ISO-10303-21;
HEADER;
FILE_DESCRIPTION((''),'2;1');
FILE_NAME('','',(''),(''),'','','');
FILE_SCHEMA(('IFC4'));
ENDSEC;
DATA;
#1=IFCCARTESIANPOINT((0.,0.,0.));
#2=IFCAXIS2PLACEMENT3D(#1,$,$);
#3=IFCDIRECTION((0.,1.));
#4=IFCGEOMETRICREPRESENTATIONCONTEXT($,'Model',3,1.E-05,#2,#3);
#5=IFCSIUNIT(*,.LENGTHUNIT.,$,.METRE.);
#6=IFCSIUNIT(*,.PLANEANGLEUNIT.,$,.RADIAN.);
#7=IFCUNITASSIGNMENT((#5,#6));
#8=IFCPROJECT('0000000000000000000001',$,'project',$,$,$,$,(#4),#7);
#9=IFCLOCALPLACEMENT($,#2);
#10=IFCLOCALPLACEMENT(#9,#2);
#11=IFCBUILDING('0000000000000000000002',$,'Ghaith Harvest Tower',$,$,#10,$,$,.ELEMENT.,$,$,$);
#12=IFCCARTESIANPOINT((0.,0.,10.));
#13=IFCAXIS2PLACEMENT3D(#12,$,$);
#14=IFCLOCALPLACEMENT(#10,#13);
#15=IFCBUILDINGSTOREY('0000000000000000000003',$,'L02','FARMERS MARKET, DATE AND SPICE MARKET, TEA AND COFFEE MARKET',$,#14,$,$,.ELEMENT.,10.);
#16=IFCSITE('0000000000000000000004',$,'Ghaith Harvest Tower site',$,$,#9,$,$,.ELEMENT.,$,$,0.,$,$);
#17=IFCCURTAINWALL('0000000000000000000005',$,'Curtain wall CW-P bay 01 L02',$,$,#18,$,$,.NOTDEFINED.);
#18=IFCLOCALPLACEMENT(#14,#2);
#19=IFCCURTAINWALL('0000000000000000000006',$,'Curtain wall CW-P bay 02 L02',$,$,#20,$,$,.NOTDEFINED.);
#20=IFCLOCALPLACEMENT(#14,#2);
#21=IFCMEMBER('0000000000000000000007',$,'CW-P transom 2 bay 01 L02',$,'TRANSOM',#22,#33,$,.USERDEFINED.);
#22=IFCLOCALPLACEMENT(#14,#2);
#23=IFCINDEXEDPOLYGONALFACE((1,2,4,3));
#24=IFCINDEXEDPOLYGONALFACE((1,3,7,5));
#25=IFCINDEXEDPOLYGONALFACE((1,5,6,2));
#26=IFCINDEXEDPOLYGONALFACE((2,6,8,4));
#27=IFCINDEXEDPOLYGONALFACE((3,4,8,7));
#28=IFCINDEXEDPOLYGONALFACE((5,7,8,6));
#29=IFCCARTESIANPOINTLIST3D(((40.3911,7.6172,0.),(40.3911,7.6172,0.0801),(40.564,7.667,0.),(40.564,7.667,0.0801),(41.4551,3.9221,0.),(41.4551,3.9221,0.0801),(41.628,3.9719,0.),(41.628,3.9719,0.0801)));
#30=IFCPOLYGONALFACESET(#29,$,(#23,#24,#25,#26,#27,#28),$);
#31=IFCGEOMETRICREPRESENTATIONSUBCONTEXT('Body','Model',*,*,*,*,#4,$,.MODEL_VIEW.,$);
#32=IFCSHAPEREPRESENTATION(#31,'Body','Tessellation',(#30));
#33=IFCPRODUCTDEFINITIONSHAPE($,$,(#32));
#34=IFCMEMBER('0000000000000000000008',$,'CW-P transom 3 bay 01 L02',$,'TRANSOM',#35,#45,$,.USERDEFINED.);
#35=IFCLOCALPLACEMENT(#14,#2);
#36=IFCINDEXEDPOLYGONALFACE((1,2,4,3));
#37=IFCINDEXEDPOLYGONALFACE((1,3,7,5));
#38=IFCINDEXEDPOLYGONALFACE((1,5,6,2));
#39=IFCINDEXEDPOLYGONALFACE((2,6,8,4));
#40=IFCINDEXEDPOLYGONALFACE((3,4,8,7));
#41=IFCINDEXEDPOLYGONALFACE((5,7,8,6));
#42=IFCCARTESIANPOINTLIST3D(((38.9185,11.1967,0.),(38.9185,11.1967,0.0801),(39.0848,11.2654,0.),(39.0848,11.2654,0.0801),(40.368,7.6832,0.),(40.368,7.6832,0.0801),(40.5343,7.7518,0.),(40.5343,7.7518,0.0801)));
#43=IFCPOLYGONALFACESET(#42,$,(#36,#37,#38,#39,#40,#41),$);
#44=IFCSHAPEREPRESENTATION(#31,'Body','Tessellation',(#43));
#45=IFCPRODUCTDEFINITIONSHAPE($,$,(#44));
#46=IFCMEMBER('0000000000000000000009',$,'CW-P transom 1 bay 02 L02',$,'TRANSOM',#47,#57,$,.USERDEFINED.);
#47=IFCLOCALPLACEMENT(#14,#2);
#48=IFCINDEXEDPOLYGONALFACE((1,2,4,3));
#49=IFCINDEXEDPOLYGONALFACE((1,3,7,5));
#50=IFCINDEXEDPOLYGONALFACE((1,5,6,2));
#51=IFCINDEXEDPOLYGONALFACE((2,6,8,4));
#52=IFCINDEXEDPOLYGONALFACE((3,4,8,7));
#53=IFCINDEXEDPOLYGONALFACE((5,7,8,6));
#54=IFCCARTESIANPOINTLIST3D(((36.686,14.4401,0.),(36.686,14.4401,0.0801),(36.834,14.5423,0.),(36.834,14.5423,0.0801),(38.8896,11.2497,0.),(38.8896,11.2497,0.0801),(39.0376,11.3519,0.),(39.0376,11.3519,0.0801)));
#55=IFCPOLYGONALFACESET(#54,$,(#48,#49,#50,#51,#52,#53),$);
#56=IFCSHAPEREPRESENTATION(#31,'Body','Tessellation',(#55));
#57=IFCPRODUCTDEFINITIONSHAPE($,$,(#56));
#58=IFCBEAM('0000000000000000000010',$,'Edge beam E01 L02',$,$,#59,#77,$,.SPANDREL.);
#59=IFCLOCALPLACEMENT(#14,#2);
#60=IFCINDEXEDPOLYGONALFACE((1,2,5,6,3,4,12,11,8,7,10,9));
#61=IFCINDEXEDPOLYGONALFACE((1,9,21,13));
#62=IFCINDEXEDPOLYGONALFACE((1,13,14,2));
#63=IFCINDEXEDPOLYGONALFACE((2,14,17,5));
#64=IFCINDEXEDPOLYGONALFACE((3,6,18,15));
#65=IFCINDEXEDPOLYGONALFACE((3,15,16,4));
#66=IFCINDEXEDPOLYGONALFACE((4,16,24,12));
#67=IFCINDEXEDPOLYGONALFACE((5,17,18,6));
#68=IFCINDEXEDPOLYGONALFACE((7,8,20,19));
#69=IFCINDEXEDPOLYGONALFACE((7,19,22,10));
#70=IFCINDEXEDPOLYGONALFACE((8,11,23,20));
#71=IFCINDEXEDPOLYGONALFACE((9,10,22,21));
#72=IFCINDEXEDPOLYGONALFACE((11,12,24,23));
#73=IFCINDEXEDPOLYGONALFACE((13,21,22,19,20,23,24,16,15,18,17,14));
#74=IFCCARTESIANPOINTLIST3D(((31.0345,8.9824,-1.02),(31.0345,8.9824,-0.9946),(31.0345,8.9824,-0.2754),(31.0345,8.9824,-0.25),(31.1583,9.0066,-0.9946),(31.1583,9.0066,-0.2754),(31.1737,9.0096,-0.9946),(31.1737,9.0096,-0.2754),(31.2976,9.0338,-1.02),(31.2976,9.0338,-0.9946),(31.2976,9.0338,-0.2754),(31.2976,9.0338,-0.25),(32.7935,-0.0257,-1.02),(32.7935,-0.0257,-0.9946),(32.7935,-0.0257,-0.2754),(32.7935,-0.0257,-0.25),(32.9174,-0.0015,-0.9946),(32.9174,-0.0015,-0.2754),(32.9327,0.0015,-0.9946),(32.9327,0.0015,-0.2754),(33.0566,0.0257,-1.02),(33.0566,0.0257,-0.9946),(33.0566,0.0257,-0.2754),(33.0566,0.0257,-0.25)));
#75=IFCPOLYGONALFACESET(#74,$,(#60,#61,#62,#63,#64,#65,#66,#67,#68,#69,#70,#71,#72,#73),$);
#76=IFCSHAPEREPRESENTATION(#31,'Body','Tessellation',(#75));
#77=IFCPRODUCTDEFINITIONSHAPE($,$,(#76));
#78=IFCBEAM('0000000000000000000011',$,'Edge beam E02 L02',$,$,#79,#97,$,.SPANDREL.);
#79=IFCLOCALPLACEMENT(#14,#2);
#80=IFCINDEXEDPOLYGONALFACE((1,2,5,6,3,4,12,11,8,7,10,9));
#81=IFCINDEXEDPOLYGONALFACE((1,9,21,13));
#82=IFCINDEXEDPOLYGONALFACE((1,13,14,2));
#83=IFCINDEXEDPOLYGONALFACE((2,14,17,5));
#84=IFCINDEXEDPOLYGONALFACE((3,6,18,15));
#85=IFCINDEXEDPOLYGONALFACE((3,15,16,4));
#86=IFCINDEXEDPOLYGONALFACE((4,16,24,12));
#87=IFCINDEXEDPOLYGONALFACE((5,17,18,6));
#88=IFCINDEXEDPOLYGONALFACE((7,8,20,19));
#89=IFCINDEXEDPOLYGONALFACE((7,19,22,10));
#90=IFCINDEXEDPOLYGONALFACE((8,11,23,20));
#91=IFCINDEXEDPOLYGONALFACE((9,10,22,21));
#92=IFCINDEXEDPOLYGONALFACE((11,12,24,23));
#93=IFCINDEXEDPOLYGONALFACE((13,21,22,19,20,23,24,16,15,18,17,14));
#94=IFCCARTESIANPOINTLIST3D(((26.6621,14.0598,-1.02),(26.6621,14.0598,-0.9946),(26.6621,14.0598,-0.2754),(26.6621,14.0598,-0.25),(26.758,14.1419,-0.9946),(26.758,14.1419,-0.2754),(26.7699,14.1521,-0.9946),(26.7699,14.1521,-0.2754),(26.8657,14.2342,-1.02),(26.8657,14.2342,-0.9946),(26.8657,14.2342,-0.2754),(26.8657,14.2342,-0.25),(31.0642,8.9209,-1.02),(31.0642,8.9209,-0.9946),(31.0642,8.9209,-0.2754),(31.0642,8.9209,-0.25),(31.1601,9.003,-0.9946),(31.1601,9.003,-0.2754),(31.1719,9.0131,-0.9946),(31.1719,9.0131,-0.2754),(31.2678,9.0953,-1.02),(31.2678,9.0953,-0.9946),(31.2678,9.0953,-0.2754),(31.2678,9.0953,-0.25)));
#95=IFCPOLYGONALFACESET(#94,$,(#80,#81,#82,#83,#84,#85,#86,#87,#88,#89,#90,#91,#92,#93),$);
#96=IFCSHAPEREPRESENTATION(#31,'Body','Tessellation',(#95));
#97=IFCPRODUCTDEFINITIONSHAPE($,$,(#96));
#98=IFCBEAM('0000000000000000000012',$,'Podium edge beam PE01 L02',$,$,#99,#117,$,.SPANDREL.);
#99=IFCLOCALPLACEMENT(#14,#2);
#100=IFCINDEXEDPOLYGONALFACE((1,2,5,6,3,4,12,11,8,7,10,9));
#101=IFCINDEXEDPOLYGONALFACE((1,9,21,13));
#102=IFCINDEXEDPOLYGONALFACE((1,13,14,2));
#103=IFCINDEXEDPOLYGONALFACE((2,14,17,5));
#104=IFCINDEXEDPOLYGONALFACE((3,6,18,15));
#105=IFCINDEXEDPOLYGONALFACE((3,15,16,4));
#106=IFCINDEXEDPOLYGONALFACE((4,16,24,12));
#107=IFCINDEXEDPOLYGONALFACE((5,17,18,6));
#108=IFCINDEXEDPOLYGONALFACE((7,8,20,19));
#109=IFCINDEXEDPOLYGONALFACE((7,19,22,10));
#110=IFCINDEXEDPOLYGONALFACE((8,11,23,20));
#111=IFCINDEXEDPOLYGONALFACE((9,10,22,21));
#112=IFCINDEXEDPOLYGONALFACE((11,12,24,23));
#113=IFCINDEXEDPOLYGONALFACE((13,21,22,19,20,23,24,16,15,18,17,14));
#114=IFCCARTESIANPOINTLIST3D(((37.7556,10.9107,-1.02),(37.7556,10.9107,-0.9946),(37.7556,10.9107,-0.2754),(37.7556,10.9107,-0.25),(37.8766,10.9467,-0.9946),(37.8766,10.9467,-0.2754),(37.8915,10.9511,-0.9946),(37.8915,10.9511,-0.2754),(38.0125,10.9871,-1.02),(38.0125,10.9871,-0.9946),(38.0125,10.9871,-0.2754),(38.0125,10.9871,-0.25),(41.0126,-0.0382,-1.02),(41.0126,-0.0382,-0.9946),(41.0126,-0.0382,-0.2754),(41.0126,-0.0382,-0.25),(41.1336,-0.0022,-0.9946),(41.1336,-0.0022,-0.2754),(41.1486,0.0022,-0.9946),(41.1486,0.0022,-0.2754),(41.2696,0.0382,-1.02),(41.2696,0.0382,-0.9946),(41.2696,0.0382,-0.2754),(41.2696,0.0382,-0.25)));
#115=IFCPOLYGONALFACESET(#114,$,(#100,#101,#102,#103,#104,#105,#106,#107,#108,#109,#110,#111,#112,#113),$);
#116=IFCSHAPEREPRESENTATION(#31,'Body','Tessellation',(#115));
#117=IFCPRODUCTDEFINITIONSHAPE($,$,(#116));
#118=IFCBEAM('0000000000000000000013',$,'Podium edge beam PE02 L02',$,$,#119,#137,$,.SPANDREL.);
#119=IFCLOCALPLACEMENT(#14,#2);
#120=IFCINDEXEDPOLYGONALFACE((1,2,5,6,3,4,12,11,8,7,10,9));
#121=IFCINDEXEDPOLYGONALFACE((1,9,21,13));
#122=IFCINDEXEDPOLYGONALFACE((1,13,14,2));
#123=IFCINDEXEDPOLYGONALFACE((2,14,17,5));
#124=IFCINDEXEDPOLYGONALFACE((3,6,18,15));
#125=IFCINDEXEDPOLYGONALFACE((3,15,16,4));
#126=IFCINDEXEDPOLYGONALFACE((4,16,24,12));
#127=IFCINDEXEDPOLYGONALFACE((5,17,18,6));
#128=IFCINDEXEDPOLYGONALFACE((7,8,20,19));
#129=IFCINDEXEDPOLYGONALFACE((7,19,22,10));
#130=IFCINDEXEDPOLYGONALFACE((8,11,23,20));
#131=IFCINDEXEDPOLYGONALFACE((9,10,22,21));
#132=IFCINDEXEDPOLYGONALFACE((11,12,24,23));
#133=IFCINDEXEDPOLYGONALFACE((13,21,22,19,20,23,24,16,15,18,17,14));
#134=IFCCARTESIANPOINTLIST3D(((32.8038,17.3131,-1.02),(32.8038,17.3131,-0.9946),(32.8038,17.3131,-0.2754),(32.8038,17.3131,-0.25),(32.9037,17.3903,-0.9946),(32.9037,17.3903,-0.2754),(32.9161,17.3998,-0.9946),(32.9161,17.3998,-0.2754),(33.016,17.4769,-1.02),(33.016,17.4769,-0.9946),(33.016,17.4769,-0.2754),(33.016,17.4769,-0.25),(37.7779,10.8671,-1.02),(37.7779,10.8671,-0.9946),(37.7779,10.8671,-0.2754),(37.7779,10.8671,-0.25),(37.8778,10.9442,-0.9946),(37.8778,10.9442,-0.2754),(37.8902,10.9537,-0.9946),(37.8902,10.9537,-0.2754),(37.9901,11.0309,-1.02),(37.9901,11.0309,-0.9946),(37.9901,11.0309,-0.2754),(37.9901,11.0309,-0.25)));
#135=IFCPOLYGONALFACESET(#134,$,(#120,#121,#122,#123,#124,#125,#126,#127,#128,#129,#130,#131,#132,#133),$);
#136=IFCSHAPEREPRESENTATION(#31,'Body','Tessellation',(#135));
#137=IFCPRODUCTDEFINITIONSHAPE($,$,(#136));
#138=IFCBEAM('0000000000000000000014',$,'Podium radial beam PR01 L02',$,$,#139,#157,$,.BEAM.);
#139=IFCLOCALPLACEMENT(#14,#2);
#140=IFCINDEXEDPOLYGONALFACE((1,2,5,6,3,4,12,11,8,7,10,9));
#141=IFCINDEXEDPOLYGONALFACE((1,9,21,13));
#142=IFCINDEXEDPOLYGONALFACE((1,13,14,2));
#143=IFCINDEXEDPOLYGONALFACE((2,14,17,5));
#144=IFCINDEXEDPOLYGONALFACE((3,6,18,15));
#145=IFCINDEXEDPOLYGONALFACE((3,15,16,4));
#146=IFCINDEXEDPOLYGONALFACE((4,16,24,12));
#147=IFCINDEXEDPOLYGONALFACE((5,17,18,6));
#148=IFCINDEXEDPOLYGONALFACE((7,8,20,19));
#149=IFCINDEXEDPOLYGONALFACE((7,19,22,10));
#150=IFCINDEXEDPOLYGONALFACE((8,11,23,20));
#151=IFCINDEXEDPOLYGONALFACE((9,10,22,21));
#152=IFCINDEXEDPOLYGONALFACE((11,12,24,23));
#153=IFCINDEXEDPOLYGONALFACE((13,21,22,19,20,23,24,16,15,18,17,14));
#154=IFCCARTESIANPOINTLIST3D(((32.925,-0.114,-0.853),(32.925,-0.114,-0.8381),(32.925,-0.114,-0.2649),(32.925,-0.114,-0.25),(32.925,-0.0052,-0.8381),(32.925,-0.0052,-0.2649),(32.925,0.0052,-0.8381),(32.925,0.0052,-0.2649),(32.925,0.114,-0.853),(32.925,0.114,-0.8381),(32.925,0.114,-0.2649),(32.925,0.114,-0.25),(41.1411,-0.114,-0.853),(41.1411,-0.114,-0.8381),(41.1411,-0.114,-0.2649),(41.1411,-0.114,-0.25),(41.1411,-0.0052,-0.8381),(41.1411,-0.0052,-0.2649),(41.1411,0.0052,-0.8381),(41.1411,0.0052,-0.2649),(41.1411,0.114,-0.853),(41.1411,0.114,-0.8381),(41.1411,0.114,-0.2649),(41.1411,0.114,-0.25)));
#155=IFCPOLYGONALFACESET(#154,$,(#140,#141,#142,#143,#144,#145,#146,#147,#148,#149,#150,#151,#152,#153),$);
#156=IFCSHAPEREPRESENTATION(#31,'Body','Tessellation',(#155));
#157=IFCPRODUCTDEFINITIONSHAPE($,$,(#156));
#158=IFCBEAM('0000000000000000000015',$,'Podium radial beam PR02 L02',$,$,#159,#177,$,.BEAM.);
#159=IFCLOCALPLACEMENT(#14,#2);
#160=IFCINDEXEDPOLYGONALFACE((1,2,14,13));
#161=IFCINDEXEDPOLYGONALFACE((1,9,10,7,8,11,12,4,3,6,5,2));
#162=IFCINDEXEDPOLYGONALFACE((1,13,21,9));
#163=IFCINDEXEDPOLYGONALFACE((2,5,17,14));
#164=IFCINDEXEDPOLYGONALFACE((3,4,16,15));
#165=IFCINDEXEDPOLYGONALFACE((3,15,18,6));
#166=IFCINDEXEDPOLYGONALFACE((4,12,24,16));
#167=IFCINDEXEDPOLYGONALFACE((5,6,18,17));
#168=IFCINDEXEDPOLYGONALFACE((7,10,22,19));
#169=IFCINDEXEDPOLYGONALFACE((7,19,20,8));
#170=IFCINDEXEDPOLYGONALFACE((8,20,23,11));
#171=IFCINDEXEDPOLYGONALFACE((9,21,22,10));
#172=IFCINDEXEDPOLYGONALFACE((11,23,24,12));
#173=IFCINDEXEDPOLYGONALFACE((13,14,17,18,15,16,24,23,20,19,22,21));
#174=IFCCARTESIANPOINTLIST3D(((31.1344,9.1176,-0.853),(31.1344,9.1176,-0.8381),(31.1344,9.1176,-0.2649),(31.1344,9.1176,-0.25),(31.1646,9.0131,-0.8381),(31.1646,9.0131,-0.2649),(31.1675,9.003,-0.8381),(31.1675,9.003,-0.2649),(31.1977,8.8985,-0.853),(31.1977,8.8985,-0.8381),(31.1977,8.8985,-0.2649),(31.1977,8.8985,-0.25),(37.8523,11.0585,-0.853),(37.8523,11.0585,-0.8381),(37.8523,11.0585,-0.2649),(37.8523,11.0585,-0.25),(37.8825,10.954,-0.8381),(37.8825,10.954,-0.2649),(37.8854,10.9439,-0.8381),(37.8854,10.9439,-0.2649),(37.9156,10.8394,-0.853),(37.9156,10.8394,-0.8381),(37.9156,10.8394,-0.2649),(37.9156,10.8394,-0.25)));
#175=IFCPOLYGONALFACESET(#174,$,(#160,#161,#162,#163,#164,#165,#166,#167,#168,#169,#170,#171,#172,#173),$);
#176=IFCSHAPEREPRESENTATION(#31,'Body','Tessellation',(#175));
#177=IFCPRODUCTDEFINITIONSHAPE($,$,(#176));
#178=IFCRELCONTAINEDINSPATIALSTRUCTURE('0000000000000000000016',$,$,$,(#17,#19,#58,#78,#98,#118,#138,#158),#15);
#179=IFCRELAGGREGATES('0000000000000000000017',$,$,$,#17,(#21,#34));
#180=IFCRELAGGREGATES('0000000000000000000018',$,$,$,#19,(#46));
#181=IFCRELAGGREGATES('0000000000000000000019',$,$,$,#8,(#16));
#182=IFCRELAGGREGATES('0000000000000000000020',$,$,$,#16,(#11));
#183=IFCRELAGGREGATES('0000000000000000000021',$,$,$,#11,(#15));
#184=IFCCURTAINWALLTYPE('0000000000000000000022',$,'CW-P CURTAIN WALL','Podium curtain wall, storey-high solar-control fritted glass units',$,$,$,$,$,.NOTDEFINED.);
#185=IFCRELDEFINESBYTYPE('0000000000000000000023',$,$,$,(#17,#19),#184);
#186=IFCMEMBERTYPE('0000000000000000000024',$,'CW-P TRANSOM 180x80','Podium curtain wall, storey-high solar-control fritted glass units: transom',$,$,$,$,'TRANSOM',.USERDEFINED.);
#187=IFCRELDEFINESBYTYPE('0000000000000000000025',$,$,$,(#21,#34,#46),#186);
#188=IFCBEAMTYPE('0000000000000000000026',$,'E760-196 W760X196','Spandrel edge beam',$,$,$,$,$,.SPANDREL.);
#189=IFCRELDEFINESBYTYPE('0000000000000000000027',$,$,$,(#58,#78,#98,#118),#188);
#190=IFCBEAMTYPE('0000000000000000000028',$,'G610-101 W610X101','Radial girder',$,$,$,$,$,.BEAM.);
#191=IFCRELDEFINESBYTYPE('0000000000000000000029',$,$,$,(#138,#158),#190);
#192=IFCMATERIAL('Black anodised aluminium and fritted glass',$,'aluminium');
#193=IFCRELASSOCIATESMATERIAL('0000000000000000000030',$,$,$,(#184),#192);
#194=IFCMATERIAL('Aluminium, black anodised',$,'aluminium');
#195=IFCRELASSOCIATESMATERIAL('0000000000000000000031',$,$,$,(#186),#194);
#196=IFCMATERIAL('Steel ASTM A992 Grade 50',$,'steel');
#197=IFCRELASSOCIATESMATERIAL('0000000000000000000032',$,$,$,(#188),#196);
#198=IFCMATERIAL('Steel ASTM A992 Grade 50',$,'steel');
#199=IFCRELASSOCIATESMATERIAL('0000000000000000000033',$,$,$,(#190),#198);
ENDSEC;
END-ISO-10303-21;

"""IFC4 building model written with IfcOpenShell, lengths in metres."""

from ifc_helpers import new_model, si_unit, direction, frame, origin, origin_2d, place, context, subcontext, project, spatial, rectangle, i_section, extrude, material, material_profile, profile_set, type_object, element, aggregate, save


model = new_model("IFC4")

# Units and contexts
model_context = context("Model", 3, precision=1e-05, world=origin(), true_north=direction((0.0, 1.0)))
body_context = subcontext(model_context, "Body", "Model", "MODEL_VIEW")
ifc_project = project(units=[si_unit("LENGTHUNIT", "METRE"), si_unit("PLANEANGLEUNIT", "RADIAN")], contexts=[model_context])

# Site, building, storey
site_placement = place(None, origin())
site = spatial("IfcSite", under=ifc_project, at=site_placement, Name="Ghaith Harvest Tower site", CompositionType="ELEMENT", RefElevation=0.0)
building_placement = place(site_placement, origin())
building = spatial("IfcBuilding", under=site, at=building_placement, Name="Ghaith Harvest Tower", CompositionType="ELEMENT")
storey_placement = place(building_placement, frame((0.0, 0.0, 10.0)))
storey = spatial("IfcBuildingStorey", under=building, at=storey_placement, Name="L02", Description="FARMERS MARKET, DATE AND SPICE MARKET, TEA AND COFFEE MARKET", CompositionType="ELEMENT", Elevation=10.0)

# Curtain wall
ifc_material_1 = material(Name="Black anodised aluminium and fritted glass", Category="aluminium")
curtain_wall_type = type_object("IfcCurtainWallType", Name="CW-P CURTAIN WALL", Description="Podium curtain wall, storey-high solar-control fritted glass units", PredefinedType="NOTDEFINED", material=ifc_material_1)
curtain_wall_1_placement = place(storey_placement, origin())
curtain_wall_1 = element("IfcCurtainWall", 1, at=curtain_wall_1_placement, inside=storey, type_object=curtain_wall_type, Name="Curtain wall CW-P bay 01 L02", PredefinedType="NOTDEFINED")

# Curtain wall
curtain_wall_2_placement = place(storey_placement, origin())
curtain_wall_2 = element("IfcCurtainWall", 2, at=curtain_wall_2_placement, inside=storey, type_object=curtain_wall_type, Name="Curtain wall CW-P bay 02 L02", PredefinedType="NOTDEFINED")

# Members
ifc_material_2 = material(Name="Aluminium, black anodised", Category="aluminium")
ifc_material_profile_1 = material_profile(ifc_material_2, rectangle(XDim=0.1799, YDim=0.0801, at=origin_2d()), Name="CW-P TRANSOM 180x80")
ifc_profile_set_1 = profile_set([ifc_material_profile_1], Name="Aluminium, black anodised")
member_type_1 = type_object("IfcMemberType", Name="CW-P TRANSOM 180x80", Description="Podium curtain wall, storey-high solar-control fritted glass units: transom", ElementType="TRANSOM", PredefinedType="USERDEFINED", material=ifc_profile_set_1)
member_1_placement = place(storey_placement, frame((41.5415, 3.947, 0.04), z_axis=(-0.2767, 0.960956, 0.0), x_axis=(-0.960956, -0.2767, 0.0)))
member_1 = element("IfcMember", 3, at=member_1_placement, type_object=member_type_1, Name="CW-P transom 2 bay 01 L02", ObjectType="TRANSOM", PredefinedType="USERDEFINED", context=body_context, shape_type="SweptSolid", body=[
    extrude(rectangle(XDim=0.1799, YDim=0.0801, at=origin_2d()), origin(), (0.0, 0.0, 1.0), 3.8452),
])
member_2_placement = place(storey_placement, frame((40.4512, 7.7175, 0.04), z_axis=(-0.38137, 0.924422, 0.0), x_axis=(-0.924422, -0.38137, 0.0)))
member_2 = element("IfcMember", 4, at=member_2_placement, type_object=member_type_1, Name="CW-P transom 3 bay 01 L02", ObjectType="TRANSOM", PredefinedType="USERDEFINED", context=body_context, shape_type="SweptSolid", body=[
    extrude(rectangle(XDim=0.1799, YDim=0.0801, at=origin_2d()), origin(), (0.0, 0.0, 1.0), 3.8008),
])
member_3_placement = place(storey_placement, frame((38.9636, 11.3008, 0.04), z_axis=(-0.568313, 0.822813, 0.0), x_axis=(-0.822813, -0.568313, 0.0)))
member_3 = element("IfcMember", 5, at=member_3_placement, type_object=member_type_1, Name="CW-P transom 1 bay 02 L02", ObjectType="TRANSOM", PredefinedType="USERDEFINED", context=body_context, shape_type="SweptSolid", body=[
    extrude(rectangle(XDim=0.1799, YDim=0.0801, at=origin_2d()), origin(), (0.0, 0.0, 1.0), 3.8774),
])

# Beams
ifc_material_3 = material(Name="Steel ASTM A992 Grade 50", Category="steel")
ifc_material_profile_2 = material_profile(ifc_material_3, i_section(OverallWidth=0.2681, OverallDepth=0.77, WebThickness=0.0156, FlangeThickness=0.0254, at=origin_2d()), Name="W760X196")
ifc_profile_set_2 = profile_set([ifc_material_profile_2], Name="Steel ASTM A992 Grade 50")
beam_type_1 = type_object("IfcBeamType", Name="E760-196 W760X196", Description="Spandrel edge beam", PredefinedType="SPANDREL", material=ifc_profile_set_2)
beam_1_placement = place(storey_placement, frame((32.925, 0.0, -0.635), z_axis=(-0.191653, 0.981463, 0.0), x_axis=(-0.981463, -0.191653, 0.0)))
element("IfcBeam", 6, at=beam_1_placement, inside=storey, type_object=beam_type_1, Name="Edge beam E01 L02", PredefinedType="SPANDREL", context=body_context, shape_type="SweptSolid", body=[
    extrude(i_section(OverallWidth=0.2681, OverallDepth=0.77, WebThickness=0.0156, FlangeThickness=0.0254, at=origin_2d()), origin(), (0.0, 0.0, 1.0), 9.1782),
])
beam_2_placement = place(storey_placement, frame((31.166, 9.0081, -0.635), z_axis=(-0.650563, 0.759453, 0.0), x_axis=(-0.759453, -0.650563, 0.0)))
element("IfcBeam", 7, at=beam_2_placement, inside=storey, type_object=beam_type_1, Name="Edge beam E02 L02", PredefinedType="SPANDREL", context=body_context, shape_type="SweptSolid", body=[
    extrude(i_section(OverallWidth=0.2681, OverallDepth=0.77, WebThickness=0.0156, FlangeThickness=0.0254, at=origin_2d()), origin(), (0.0, 0.0, 1.0), 6.7666),
])
beam_3_placement = place(storey_placement, frame((41.1411, 0.0, -0.635), z_axis=(-0.285129, 0.958489, 0.0), x_axis=(-0.958489, -0.285129, 0.0)))
element("IfcBeam", 8, at=beam_3_placement, inside=storey, type_object=beam_type_1, Name="Podium edge beam PE01 L02", PredefinedType="SPANDREL", context=body_context, shape_type="SweptSolid", body=[
    extrude(i_section(OverallWidth=0.2681, OverallDepth=0.77, WebThickness=0.0156, FlangeThickness=0.0254, at=origin_2d()), origin(), (0.0, 0.0, 1.0), 11.4231),
])
beam_4_placement = place(storey_placement, frame((37.884, 10.949, -0.635), z_axis=(-0.610916, 0.791696, 0.0), x_axis=(-0.791696, -0.610916, 0.0)))
element("IfcBeam", 9, at=beam_4_placement, inside=storey, type_object=beam_type_1, Name="Podium edge beam PE02 L02", PredefinedType="SPANDREL", context=body_context, shape_type="SweptSolid", body=[
    extrude(i_section(OverallWidth=0.2681, OverallDepth=0.77, WebThickness=0.0156, FlangeThickness=0.0254, at=origin_2d()), origin(), (0.0, 0.0, 1.0), 8.1421),
])
ifc_material_4 = material(Name="Steel ASTM A992 Grade 50", Category="steel")
ifc_material_profile_3 = material_profile(ifc_material_4, i_section(OverallWidth=0.228, OverallDepth=0.603, WebThickness=0.0105, FlangeThickness=0.0149, at=origin_2d()), Name="W610X101")
ifc_profile_set_3 = profile_set([ifc_material_profile_3], Name="Steel ASTM A992 Grade 50")
beam_type_2 = type_object("IfcBeamType", Name="G610-101 W610X101", Description="Radial girder", PredefinedType="BEAM", material=ifc_profile_set_3)
beam_5_placement = place(storey_placement, frame((32.925, 0.0, -0.5515), z_axis=(1.0, 0.0, 0.0), x_axis=(0.0, 1.0, 0.0)))
element("IfcBeam", 10, at=beam_5_placement, inside=storey, type_object=beam_type_2, Name="Podium radial beam PR01 L02", PredefinedType="BEAM", context=body_context, shape_type="SweptSolid", body=[
    extrude(i_section(OverallWidth=0.228, OverallDepth=0.603, WebThickness=0.0105, FlangeThickness=0.0149, at=origin_2d()), origin(), (0.0, 0.0, 1.0), 8.2161),
])
beam_6_placement = place(storey_placement, frame((31.166, 9.0081, -0.5515), z_axis=(0.960708, 0.27756, 0.0), x_axis=(-0.27756, 0.960708, 0.0)))
element("IfcBeam", 11, at=beam_6_placement, inside=storey, type_object=beam_type_2, Name="Podium radial beam PR02 L02", PredefinedType="BEAM", context=body_context, shape_type="SweptSolid", body=[
    extrude(i_section(OverallWidth=0.228, OverallDepth=0.603, WebThickness=0.0105, FlangeThickness=0.0149, at=origin_2d()), origin(), (0.0, 0.0, 1.0), 6.9927),
])

aggregate(curtain_wall_1, [member_1, member_2])
aggregate(curtain_wall_2, [member_3])

save(model, "model.ifc")
